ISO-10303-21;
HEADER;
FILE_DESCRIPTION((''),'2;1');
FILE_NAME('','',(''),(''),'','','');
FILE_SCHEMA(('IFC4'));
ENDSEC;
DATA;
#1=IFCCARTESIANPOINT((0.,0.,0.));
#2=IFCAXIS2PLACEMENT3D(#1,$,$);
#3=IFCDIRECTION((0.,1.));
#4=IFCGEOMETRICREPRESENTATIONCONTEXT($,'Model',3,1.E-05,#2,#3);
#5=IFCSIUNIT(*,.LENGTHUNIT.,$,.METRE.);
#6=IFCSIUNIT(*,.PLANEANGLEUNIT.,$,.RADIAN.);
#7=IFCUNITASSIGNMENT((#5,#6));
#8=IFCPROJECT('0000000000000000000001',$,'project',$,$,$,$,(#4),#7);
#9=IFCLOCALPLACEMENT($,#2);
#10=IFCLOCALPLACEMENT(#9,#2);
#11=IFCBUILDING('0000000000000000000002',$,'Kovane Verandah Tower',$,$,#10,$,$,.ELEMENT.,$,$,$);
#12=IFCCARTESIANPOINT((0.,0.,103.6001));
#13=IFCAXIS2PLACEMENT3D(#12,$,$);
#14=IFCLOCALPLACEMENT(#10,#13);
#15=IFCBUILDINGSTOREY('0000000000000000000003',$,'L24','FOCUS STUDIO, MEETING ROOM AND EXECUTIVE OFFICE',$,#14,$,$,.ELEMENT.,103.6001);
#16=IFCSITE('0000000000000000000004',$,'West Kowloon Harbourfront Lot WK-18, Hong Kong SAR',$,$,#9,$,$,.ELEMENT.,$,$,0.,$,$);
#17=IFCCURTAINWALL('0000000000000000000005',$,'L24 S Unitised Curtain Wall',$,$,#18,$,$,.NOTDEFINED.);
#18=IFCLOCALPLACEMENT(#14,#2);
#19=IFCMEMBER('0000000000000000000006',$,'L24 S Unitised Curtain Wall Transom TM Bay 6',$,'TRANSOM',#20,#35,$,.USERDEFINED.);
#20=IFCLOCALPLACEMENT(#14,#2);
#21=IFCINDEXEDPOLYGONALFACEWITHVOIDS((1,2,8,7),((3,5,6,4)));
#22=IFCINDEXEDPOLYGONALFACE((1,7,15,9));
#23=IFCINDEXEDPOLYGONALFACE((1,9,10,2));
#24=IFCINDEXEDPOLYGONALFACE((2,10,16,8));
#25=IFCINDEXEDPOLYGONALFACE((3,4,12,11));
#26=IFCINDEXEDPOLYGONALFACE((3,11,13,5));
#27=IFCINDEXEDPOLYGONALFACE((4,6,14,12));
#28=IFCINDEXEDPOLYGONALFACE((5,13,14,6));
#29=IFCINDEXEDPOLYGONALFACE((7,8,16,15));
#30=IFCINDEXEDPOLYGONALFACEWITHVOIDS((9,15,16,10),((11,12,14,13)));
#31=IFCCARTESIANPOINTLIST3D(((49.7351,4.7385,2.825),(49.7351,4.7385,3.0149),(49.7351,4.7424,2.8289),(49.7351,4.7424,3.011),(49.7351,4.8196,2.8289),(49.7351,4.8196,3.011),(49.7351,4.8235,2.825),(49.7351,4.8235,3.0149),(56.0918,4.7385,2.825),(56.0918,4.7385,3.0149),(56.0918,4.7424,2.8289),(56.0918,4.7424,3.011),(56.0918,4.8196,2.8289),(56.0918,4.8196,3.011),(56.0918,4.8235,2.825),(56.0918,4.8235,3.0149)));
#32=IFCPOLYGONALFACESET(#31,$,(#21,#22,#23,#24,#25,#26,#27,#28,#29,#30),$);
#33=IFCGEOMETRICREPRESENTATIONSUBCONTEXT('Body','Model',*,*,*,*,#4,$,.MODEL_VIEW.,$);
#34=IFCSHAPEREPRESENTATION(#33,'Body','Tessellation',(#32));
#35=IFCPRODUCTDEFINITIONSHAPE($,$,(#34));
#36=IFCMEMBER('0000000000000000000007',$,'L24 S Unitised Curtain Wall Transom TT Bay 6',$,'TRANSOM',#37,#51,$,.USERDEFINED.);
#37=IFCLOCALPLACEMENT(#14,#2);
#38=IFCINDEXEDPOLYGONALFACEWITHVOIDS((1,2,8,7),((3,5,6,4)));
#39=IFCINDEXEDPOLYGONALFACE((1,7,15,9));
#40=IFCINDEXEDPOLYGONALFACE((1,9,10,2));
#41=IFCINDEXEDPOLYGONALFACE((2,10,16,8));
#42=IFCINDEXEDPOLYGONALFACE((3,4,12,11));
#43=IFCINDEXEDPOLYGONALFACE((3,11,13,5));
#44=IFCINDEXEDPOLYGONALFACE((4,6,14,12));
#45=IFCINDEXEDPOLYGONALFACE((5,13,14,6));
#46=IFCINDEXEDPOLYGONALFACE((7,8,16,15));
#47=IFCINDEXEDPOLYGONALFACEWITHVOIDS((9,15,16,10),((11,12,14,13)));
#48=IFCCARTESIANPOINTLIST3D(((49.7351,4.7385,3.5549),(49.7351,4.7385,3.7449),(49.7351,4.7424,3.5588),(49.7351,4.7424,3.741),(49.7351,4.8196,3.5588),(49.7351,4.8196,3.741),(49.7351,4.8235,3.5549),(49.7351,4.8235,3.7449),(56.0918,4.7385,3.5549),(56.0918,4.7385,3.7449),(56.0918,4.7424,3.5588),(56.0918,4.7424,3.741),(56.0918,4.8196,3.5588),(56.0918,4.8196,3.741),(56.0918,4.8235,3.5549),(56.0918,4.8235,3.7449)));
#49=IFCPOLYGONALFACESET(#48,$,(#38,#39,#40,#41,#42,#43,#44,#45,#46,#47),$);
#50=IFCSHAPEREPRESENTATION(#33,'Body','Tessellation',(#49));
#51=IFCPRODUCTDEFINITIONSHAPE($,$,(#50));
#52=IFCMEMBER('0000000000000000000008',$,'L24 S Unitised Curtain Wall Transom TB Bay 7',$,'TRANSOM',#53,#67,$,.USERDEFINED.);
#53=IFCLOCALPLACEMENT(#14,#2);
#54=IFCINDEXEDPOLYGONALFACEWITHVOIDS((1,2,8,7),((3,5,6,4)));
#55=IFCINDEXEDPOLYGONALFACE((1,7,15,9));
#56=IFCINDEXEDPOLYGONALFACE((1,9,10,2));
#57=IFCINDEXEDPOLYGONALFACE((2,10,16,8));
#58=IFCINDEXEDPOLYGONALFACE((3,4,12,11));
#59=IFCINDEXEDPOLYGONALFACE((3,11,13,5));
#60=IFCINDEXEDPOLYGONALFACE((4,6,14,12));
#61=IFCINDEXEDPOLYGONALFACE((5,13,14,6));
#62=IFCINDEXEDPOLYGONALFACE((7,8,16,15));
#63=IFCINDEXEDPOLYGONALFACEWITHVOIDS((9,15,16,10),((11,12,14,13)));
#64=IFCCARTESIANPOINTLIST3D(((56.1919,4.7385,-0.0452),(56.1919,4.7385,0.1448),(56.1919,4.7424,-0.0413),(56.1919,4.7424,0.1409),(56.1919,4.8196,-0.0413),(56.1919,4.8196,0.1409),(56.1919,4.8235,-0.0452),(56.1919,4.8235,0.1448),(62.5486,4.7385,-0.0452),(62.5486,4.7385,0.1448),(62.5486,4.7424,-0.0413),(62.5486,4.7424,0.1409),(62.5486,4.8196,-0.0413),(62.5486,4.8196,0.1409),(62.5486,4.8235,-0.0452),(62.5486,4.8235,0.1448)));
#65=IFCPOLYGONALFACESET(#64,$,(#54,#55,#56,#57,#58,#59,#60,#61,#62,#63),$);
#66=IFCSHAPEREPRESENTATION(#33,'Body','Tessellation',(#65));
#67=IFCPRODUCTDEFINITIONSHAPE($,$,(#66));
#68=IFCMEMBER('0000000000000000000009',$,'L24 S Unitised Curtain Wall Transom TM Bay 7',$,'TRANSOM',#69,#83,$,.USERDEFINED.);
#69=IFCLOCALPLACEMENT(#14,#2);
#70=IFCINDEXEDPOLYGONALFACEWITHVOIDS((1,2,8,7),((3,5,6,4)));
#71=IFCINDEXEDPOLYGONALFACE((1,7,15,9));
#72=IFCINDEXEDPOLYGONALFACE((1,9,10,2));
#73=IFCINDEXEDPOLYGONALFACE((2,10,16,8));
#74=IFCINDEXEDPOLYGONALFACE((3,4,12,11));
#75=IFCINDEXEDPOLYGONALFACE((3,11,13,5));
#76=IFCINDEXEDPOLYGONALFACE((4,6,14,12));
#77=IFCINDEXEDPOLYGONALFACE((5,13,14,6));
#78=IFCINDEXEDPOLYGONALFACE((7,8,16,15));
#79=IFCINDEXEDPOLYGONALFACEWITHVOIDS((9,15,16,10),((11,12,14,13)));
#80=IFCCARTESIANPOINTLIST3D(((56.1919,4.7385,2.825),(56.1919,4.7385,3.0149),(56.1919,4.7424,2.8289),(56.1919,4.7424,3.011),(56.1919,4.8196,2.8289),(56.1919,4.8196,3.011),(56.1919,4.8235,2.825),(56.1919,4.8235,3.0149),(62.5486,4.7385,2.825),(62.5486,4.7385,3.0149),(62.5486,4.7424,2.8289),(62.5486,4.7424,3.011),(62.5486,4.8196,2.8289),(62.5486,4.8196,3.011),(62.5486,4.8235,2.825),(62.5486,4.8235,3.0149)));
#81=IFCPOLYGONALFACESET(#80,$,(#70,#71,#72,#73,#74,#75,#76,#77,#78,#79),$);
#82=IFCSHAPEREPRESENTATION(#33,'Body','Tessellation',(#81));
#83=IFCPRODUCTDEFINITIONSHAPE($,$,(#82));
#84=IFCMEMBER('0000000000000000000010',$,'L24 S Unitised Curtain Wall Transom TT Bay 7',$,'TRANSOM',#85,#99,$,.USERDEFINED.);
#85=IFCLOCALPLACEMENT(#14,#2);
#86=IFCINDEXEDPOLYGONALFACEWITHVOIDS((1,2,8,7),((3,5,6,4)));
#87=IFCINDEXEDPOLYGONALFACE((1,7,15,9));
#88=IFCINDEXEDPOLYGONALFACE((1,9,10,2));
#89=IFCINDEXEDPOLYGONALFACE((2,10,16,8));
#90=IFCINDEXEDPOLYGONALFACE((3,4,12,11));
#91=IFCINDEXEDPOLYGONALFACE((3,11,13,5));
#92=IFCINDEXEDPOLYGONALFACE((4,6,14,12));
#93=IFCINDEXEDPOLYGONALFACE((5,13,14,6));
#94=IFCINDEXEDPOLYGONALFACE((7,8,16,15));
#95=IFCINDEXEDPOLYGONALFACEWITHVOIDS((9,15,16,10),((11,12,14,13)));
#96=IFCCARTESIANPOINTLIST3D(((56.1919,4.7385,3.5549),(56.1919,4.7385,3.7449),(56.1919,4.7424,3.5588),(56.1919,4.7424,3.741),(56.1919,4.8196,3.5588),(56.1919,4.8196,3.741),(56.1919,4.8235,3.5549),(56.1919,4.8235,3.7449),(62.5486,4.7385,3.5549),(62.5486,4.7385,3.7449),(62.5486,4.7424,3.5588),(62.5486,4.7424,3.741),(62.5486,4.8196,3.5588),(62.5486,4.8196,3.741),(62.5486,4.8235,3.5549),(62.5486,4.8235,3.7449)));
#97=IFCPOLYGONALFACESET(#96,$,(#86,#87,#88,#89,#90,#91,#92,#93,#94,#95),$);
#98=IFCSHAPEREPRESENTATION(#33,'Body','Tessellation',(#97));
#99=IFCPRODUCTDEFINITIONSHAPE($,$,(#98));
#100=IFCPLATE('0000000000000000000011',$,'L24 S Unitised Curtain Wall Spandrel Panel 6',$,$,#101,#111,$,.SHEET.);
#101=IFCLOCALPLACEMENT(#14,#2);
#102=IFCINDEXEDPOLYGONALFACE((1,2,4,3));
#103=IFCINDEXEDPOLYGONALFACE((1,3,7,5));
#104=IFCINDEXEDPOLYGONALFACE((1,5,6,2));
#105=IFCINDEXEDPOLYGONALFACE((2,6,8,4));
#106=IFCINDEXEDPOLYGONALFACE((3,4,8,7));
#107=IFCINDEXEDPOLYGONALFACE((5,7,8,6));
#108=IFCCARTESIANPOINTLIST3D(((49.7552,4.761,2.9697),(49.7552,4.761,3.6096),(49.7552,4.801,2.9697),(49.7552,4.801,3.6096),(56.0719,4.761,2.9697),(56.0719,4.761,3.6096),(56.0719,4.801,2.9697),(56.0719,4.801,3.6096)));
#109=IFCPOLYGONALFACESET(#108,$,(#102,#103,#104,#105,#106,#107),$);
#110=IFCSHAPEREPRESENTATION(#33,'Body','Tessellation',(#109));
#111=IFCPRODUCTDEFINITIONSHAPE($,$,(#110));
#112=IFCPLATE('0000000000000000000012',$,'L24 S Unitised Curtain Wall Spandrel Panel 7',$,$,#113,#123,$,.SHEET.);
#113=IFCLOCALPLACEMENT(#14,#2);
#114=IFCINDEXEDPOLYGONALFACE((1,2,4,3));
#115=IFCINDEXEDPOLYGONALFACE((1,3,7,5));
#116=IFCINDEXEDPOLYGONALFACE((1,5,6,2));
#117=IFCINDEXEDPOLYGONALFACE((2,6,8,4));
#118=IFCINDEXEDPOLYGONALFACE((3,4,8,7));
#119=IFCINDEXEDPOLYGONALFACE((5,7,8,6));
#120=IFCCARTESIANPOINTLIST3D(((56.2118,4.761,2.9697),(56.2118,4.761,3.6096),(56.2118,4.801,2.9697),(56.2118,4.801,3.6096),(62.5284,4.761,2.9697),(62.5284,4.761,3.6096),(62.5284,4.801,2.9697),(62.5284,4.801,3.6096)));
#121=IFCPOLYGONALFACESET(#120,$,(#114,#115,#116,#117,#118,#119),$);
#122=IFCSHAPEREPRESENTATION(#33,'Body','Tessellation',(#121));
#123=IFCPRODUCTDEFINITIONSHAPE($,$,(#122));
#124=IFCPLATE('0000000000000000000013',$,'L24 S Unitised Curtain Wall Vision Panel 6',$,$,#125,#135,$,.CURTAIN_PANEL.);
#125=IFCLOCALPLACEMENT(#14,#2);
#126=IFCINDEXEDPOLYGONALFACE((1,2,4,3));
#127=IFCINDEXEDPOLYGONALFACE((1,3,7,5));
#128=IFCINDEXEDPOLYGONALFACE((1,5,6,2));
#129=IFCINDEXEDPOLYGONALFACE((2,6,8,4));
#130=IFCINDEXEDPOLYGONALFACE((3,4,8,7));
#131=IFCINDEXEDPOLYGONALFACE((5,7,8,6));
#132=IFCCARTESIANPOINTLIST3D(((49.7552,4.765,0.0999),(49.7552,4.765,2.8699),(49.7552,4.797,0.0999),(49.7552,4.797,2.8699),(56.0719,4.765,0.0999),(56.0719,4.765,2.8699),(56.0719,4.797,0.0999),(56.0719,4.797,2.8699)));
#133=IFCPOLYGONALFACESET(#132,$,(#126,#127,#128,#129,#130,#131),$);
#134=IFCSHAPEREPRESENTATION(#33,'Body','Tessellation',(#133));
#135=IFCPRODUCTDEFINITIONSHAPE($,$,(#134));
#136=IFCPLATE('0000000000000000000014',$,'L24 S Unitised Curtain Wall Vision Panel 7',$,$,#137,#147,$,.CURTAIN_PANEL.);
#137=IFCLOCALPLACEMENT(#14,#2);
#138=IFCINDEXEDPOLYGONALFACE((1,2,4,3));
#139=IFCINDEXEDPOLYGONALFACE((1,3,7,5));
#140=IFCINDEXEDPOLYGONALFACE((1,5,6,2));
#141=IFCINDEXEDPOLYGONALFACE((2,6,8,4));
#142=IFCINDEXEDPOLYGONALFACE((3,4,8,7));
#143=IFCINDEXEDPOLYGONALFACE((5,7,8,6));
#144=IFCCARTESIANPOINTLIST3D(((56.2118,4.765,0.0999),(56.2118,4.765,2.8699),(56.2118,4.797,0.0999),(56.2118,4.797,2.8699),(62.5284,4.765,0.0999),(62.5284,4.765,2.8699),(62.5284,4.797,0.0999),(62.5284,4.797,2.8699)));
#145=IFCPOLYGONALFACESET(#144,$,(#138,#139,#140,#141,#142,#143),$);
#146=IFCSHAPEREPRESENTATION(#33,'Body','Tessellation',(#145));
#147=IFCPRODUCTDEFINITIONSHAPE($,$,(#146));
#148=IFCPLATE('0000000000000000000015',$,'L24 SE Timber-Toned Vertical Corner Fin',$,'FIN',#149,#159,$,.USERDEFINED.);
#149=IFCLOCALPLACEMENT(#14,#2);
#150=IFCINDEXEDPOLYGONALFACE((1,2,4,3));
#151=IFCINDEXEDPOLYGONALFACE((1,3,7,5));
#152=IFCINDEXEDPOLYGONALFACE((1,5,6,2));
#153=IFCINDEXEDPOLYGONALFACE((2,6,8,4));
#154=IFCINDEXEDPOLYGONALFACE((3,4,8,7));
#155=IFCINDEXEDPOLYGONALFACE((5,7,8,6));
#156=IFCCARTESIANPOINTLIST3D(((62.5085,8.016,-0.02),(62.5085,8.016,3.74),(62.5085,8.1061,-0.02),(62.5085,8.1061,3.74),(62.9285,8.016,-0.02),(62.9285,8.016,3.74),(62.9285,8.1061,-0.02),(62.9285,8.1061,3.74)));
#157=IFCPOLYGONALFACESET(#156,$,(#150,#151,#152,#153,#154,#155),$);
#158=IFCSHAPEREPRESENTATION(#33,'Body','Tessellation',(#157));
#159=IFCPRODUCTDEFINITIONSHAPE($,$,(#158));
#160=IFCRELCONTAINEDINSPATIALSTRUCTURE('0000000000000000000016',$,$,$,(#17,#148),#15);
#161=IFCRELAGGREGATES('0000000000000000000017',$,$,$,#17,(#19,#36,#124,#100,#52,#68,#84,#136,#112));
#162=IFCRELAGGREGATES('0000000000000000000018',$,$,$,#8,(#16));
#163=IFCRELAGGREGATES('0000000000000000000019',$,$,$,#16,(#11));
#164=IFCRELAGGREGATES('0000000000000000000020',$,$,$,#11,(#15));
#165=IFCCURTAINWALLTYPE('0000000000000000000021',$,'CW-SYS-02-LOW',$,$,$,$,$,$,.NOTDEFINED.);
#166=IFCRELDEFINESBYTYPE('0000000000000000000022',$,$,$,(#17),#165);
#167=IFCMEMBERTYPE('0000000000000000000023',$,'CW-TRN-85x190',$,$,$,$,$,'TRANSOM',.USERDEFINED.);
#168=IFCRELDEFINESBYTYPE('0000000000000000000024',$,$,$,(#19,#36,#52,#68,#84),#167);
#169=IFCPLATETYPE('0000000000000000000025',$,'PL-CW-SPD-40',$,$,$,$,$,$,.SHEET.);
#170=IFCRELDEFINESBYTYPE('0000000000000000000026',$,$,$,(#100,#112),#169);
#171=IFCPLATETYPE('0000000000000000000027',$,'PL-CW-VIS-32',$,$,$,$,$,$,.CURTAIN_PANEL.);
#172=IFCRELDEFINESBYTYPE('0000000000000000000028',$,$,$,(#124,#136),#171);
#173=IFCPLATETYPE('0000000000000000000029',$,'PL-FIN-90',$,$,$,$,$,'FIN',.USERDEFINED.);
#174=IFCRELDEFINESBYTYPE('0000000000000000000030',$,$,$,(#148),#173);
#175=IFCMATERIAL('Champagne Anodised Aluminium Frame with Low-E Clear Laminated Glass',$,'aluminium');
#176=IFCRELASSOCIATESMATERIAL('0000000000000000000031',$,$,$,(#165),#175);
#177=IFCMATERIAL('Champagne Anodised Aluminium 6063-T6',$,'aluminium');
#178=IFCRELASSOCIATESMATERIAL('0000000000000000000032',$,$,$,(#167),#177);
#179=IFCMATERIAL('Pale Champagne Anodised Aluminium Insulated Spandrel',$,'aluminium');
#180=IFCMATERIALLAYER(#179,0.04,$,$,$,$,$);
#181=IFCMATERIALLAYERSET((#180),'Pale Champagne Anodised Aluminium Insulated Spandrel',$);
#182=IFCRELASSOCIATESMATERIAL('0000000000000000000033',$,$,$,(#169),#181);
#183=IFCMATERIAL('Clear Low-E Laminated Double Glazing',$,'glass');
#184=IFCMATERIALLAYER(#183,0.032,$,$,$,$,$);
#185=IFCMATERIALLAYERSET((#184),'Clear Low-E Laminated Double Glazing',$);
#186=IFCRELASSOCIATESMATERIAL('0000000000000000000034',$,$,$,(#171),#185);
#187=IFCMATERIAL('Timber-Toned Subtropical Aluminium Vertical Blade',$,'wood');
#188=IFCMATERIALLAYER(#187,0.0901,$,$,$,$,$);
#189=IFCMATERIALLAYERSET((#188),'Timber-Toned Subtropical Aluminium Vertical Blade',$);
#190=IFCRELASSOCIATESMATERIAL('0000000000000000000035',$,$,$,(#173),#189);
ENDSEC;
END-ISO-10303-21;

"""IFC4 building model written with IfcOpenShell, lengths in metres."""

from ifc_helpers import new_model, si_unit, direction, frame, origin, origin_2d, place, context, subcontext, project, spatial, rectangle, hollow_rectangle, extrude, material, layer, layer_set, material_profile, profile_set, type_object, element, aggregate, save


model = new_model("IFC4")

# Units and contexts
model_context = context("Model", 3, precision=1e-05, world=origin(), true_north=direction((0.0, 1.0)))
body_context = subcontext(model_context, "Body", "Model", "MODEL_VIEW")
ifc_project = project(units=[si_unit("LENGTHUNIT", "METRE"), si_unit("PLANEANGLEUNIT", "RADIAN")], contexts=[model_context])

# Site, building, storey
site_placement = place(None, origin())
site = spatial("IfcSite", under=ifc_project, at=site_placement, Name="West Kowloon Harbourfront Lot WK-18, Hong Kong SAR", CompositionType="ELEMENT", RefElevation=0.0)
building_placement = place(site_placement, origin())
building = spatial("IfcBuilding", under=site, at=building_placement, Name="Kovane Verandah Tower", CompositionType="ELEMENT")
storey_placement = place(building_placement, frame((0.0, 0.0, 103.6001)))
storey = spatial("IfcBuildingStorey", under=building, at=storey_placement, Name="L24", Description="FOCUS STUDIO, MEETING ROOM AND EXECUTIVE OFFICE", CompositionType="ELEMENT", Elevation=103.6001)

# Curtain wall, members, plates
ifc_material_1 = material(Name="Champagne Anodised Aluminium Frame with Low-E Clear Laminated Glass", Category="aluminium")
curtain_wall_type = type_object("IfcCurtainWallType", Name="CW-SYS-02-LOW", PredefinedType="NOTDEFINED", material=ifc_material_1)
curtain_wall_placement = place(storey_placement, origin())
curtain_wall = element("IfcCurtainWall", 1, at=curtain_wall_placement, inside=storey, type_object=curtain_wall_type, Name="L24 S Unitised Curtain Wall", PredefinedType="NOTDEFINED")
ifc_material_2 = material(Name="Champagne Anodised Aluminium 6063-T6", Category="aluminium")
ifc_material_profile_1 = material_profile(ifc_material_2, hollow_rectangle(XDim=0.085, YDim=0.1899, WallThickness=0.0039, at=origin_2d()), Name="AL85x190x4")
ifc_profile_set_1 = profile_set([ifc_material_profile_1], Name="Champagne Anodised Aluminium 6063-T6")
member_type_1 = type_object("IfcMemberType", Name="CW-TRN-85x190", ElementType="TRANSOM", PredefinedType="USERDEFINED", material=ifc_profile_set_1)
member_1_placement = place(storey_placement, frame((49.7351, 4.781, 2.9199), z_axis=(1.0, 0.0, 0.0), x_axis=(0.0, 1.0, 0.0)))
member_1 = element("IfcMember", 2, at=member_1_placement, type_object=member_type_1, Name="L24 S Unitised Curtain Wall Transom TM Bay 6", ObjectType="TRANSOM", PredefinedType="USERDEFINED", context=body_context, shape_type="SweptSolid", body=[
    extrude(hollow_rectangle(XDim=0.085, YDim=0.1899, WallThickness=0.0039, at=origin_2d()), origin(), (0.0, 0.0, 1.0), 6.3567),
])
member_2_placement = place(storey_placement, frame((49.7351, 4.781, 3.6499), z_axis=(1.0, 0.0, 0.0), x_axis=(0.0, 1.0, 0.0)))
member_2 = element("IfcMember", 3, at=member_2_placement, type_object=member_type_1, Name="L24 S Unitised Curtain Wall Transom TT Bay 6", ObjectType="TRANSOM", PredefinedType="USERDEFINED", context=body_context, shape_type="SweptSolid", body=[
    extrude(hollow_rectangle(XDim=0.085, YDim=0.1899, WallThickness=0.0039, at=origin_2d()), origin(), (0.0, 0.0, 1.0), 6.3567),
])
member_3_placement = place(storey_placement, frame((56.1919, 4.781, 0.0498), z_axis=(1.0, 0.0, 0.0), x_axis=(0.0, 1.0, 0.0)))
member_3 = element("IfcMember", 4, at=member_3_placement, type_object=member_type_1, Name="L24 S Unitised Curtain Wall Transom TB Bay 7", ObjectType="TRANSOM", PredefinedType="USERDEFINED", context=body_context, shape_type="SweptSolid", body=[
    extrude(hollow_rectangle(XDim=0.085, YDim=0.1899, WallThickness=0.0039, at=origin_2d()), origin(), (0.0, 0.0, 1.0), 6.3567),
])
member_4_placement = place(storey_placement, frame((56.1919, 4.781, 2.9199), z_axis=(1.0, 0.0, 0.0), x_axis=(0.0, 1.0, 0.0)))
member_4 = element("IfcMember", 5, at=member_4_placement, type_object=member_type_1, Name="L24 S Unitised Curtain Wall Transom TM Bay 7", ObjectType="TRANSOM", PredefinedType="USERDEFINED", context=body_context, shape_type="SweptSolid", body=[
    extrude(hollow_rectangle(XDim=0.085, YDim=0.1899, WallThickness=0.0039, at=origin_2d()), origin(), (0.0, 0.0, 1.0), 6.3567),
])
member_5_placement = place(storey_placement, frame((56.1919, 4.781, 3.6499), z_axis=(1.0, 0.0, 0.0), x_axis=(0.0, 1.0, 0.0)))
member_5 = element("IfcMember", 6, at=member_5_placement, type_object=member_type_1, Name="L24 S Unitised Curtain Wall Transom TT Bay 7", ObjectType="TRANSOM", PredefinedType="USERDEFINED", context=body_context, shape_type="SweptSolid", body=[
    extrude(hollow_rectangle(XDim=0.085, YDim=0.1899, WallThickness=0.0039, at=origin_2d()), origin(), (0.0, 0.0, 1.0), 6.3567),
])
ifc_material_3 = material(Name="Pale Champagne Anodised Aluminium Insulated Spandrel", Category="aluminium")
ifc_layer_1 = layer(ifc_material_3, 0.04)
ifc_layer_set_1 = layer_set([ifc_layer_1], Name="Pale Champagne Anodised Aluminium Insulated Spandrel")
plate_type_1 = type_object("IfcPlateType", Name="PL-CW-SPD-40", PredefinedType="SHEET", material=ifc_layer_set_1)
plate_1_placement = place(storey_placement, frame((52.9136, 4.781, 2.9697), z_axis=(0.0, 0.0, 1.0), x_axis=(1.0, 0.0, 0.0)))
plate_1 = element("IfcPlate", 7, at=plate_1_placement, type_object=plate_type_1, Name="L24 S Unitised Curtain Wall Spandrel Panel 6", PredefinedType="SHEET", context=body_context, shape_type="SweptSolid", body=[
    extrude(rectangle(XDim=6.3167, YDim=0.04, at=origin_2d()), origin(), (0.0, 0.0, 1.0), 0.6399),
])
plate_2_placement = place(storey_placement, frame((59.3701, 4.781, 2.9697), z_axis=(0.0, 0.0, 1.0), x_axis=(1.0, 0.0, 0.0)))
plate_2 = element("IfcPlate", 8, at=plate_2_placement, type_object=plate_type_1, Name="L24 S Unitised Curtain Wall Spandrel Panel 7", PredefinedType="SHEET", context=body_context, shape_type="SweptSolid", body=[
    extrude(rectangle(XDim=6.3167, YDim=0.04, at=origin_2d()), origin(), (0.0, 0.0, 1.0), 0.6399),
])
ifc_material_4 = material(Name="Clear Low-E Laminated Double Glazing", Category="glass")
ifc_layer_2 = layer(ifc_material_4, 0.032)
ifc_layer_set_2 = layer_set([ifc_layer_2], Name="Clear Low-E Laminated Double Glazing")
plate_type_2 = type_object("IfcPlateType", Name="PL-CW-VIS-32", PredefinedType="CURTAIN_PANEL", material=ifc_layer_set_2)
plate_3_placement = place(storey_placement, frame((52.9136, 4.781, 0.0999), z_axis=(0.0, 0.0, 1.0), x_axis=(1.0, 0.0, 0.0)))
plate_3 = element("IfcPlate", 9, at=plate_3_placement, type_object=plate_type_2, Name="L24 S Unitised Curtain Wall Vision Panel 6", PredefinedType="CURTAIN_PANEL", context=body_context, shape_type="SweptSolid", body=[
    extrude(rectangle(XDim=6.3167, YDim=0.032, at=origin_2d()), origin(), (0.0, 0.0, 1.0), 2.77),
])
plate_4_placement = place(storey_placement, frame((59.3701, 4.781, 0.0999), z_axis=(0.0, 0.0, 1.0), x_axis=(1.0, 0.0, 0.0)))
plate_4 = element("IfcPlate", 10, at=plate_4_placement, type_object=plate_type_2, Name="L24 S Unitised Curtain Wall Vision Panel 7", PredefinedType="CURTAIN_PANEL", context=body_context, shape_type="SweptSolid", body=[
    extrude(rectangle(XDim=6.3167, YDim=0.032, at=origin_2d()), origin(), (0.0, 0.0, 1.0), 2.77),
])
aggregate(curtain_wall, [member_1, member_2, plate_3, plate_1, member_3, member_4, member_5, plate_4, plate_2])

# Plate
ifc_material_5 = material(Name="Timber-Toned Subtropical Aluminium Vertical Blade", Category="wood")
ifc_layer_3 = layer(ifc_material_5, 0.0901)
ifc_layer_set_3 = layer_set([ifc_layer_3], Name="Timber-Toned Subtropical Aluminium Vertical Blade")
plate_type_3 = type_object("IfcPlateType", Name="PL-FIN-90", ElementType="FIN", PredefinedType="USERDEFINED", material=ifc_layer_set_3)
plate_5_placement = place(storey_placement, frame((62.7185, 8.061, -0.02), z_axis=(0.0, 0.0, 1.0), x_axis=(1.0, 0.0, 0.0)))
element("IfcPlate", 11, at=plate_5_placement, inside=storey, type_object=plate_type_3, Name="L24 SE Timber-Toned Vertical Corner Fin", ObjectType="FIN", PredefinedType="USERDEFINED", context=body_context, shape_type="SweptSolid", body=[
    extrude(rectangle(XDim=0.4199, YDim=0.0901, at=origin_2d()), origin(), (0.0, 0.0, 1.0), 3.76),
])

save(model, "model.ifc")
